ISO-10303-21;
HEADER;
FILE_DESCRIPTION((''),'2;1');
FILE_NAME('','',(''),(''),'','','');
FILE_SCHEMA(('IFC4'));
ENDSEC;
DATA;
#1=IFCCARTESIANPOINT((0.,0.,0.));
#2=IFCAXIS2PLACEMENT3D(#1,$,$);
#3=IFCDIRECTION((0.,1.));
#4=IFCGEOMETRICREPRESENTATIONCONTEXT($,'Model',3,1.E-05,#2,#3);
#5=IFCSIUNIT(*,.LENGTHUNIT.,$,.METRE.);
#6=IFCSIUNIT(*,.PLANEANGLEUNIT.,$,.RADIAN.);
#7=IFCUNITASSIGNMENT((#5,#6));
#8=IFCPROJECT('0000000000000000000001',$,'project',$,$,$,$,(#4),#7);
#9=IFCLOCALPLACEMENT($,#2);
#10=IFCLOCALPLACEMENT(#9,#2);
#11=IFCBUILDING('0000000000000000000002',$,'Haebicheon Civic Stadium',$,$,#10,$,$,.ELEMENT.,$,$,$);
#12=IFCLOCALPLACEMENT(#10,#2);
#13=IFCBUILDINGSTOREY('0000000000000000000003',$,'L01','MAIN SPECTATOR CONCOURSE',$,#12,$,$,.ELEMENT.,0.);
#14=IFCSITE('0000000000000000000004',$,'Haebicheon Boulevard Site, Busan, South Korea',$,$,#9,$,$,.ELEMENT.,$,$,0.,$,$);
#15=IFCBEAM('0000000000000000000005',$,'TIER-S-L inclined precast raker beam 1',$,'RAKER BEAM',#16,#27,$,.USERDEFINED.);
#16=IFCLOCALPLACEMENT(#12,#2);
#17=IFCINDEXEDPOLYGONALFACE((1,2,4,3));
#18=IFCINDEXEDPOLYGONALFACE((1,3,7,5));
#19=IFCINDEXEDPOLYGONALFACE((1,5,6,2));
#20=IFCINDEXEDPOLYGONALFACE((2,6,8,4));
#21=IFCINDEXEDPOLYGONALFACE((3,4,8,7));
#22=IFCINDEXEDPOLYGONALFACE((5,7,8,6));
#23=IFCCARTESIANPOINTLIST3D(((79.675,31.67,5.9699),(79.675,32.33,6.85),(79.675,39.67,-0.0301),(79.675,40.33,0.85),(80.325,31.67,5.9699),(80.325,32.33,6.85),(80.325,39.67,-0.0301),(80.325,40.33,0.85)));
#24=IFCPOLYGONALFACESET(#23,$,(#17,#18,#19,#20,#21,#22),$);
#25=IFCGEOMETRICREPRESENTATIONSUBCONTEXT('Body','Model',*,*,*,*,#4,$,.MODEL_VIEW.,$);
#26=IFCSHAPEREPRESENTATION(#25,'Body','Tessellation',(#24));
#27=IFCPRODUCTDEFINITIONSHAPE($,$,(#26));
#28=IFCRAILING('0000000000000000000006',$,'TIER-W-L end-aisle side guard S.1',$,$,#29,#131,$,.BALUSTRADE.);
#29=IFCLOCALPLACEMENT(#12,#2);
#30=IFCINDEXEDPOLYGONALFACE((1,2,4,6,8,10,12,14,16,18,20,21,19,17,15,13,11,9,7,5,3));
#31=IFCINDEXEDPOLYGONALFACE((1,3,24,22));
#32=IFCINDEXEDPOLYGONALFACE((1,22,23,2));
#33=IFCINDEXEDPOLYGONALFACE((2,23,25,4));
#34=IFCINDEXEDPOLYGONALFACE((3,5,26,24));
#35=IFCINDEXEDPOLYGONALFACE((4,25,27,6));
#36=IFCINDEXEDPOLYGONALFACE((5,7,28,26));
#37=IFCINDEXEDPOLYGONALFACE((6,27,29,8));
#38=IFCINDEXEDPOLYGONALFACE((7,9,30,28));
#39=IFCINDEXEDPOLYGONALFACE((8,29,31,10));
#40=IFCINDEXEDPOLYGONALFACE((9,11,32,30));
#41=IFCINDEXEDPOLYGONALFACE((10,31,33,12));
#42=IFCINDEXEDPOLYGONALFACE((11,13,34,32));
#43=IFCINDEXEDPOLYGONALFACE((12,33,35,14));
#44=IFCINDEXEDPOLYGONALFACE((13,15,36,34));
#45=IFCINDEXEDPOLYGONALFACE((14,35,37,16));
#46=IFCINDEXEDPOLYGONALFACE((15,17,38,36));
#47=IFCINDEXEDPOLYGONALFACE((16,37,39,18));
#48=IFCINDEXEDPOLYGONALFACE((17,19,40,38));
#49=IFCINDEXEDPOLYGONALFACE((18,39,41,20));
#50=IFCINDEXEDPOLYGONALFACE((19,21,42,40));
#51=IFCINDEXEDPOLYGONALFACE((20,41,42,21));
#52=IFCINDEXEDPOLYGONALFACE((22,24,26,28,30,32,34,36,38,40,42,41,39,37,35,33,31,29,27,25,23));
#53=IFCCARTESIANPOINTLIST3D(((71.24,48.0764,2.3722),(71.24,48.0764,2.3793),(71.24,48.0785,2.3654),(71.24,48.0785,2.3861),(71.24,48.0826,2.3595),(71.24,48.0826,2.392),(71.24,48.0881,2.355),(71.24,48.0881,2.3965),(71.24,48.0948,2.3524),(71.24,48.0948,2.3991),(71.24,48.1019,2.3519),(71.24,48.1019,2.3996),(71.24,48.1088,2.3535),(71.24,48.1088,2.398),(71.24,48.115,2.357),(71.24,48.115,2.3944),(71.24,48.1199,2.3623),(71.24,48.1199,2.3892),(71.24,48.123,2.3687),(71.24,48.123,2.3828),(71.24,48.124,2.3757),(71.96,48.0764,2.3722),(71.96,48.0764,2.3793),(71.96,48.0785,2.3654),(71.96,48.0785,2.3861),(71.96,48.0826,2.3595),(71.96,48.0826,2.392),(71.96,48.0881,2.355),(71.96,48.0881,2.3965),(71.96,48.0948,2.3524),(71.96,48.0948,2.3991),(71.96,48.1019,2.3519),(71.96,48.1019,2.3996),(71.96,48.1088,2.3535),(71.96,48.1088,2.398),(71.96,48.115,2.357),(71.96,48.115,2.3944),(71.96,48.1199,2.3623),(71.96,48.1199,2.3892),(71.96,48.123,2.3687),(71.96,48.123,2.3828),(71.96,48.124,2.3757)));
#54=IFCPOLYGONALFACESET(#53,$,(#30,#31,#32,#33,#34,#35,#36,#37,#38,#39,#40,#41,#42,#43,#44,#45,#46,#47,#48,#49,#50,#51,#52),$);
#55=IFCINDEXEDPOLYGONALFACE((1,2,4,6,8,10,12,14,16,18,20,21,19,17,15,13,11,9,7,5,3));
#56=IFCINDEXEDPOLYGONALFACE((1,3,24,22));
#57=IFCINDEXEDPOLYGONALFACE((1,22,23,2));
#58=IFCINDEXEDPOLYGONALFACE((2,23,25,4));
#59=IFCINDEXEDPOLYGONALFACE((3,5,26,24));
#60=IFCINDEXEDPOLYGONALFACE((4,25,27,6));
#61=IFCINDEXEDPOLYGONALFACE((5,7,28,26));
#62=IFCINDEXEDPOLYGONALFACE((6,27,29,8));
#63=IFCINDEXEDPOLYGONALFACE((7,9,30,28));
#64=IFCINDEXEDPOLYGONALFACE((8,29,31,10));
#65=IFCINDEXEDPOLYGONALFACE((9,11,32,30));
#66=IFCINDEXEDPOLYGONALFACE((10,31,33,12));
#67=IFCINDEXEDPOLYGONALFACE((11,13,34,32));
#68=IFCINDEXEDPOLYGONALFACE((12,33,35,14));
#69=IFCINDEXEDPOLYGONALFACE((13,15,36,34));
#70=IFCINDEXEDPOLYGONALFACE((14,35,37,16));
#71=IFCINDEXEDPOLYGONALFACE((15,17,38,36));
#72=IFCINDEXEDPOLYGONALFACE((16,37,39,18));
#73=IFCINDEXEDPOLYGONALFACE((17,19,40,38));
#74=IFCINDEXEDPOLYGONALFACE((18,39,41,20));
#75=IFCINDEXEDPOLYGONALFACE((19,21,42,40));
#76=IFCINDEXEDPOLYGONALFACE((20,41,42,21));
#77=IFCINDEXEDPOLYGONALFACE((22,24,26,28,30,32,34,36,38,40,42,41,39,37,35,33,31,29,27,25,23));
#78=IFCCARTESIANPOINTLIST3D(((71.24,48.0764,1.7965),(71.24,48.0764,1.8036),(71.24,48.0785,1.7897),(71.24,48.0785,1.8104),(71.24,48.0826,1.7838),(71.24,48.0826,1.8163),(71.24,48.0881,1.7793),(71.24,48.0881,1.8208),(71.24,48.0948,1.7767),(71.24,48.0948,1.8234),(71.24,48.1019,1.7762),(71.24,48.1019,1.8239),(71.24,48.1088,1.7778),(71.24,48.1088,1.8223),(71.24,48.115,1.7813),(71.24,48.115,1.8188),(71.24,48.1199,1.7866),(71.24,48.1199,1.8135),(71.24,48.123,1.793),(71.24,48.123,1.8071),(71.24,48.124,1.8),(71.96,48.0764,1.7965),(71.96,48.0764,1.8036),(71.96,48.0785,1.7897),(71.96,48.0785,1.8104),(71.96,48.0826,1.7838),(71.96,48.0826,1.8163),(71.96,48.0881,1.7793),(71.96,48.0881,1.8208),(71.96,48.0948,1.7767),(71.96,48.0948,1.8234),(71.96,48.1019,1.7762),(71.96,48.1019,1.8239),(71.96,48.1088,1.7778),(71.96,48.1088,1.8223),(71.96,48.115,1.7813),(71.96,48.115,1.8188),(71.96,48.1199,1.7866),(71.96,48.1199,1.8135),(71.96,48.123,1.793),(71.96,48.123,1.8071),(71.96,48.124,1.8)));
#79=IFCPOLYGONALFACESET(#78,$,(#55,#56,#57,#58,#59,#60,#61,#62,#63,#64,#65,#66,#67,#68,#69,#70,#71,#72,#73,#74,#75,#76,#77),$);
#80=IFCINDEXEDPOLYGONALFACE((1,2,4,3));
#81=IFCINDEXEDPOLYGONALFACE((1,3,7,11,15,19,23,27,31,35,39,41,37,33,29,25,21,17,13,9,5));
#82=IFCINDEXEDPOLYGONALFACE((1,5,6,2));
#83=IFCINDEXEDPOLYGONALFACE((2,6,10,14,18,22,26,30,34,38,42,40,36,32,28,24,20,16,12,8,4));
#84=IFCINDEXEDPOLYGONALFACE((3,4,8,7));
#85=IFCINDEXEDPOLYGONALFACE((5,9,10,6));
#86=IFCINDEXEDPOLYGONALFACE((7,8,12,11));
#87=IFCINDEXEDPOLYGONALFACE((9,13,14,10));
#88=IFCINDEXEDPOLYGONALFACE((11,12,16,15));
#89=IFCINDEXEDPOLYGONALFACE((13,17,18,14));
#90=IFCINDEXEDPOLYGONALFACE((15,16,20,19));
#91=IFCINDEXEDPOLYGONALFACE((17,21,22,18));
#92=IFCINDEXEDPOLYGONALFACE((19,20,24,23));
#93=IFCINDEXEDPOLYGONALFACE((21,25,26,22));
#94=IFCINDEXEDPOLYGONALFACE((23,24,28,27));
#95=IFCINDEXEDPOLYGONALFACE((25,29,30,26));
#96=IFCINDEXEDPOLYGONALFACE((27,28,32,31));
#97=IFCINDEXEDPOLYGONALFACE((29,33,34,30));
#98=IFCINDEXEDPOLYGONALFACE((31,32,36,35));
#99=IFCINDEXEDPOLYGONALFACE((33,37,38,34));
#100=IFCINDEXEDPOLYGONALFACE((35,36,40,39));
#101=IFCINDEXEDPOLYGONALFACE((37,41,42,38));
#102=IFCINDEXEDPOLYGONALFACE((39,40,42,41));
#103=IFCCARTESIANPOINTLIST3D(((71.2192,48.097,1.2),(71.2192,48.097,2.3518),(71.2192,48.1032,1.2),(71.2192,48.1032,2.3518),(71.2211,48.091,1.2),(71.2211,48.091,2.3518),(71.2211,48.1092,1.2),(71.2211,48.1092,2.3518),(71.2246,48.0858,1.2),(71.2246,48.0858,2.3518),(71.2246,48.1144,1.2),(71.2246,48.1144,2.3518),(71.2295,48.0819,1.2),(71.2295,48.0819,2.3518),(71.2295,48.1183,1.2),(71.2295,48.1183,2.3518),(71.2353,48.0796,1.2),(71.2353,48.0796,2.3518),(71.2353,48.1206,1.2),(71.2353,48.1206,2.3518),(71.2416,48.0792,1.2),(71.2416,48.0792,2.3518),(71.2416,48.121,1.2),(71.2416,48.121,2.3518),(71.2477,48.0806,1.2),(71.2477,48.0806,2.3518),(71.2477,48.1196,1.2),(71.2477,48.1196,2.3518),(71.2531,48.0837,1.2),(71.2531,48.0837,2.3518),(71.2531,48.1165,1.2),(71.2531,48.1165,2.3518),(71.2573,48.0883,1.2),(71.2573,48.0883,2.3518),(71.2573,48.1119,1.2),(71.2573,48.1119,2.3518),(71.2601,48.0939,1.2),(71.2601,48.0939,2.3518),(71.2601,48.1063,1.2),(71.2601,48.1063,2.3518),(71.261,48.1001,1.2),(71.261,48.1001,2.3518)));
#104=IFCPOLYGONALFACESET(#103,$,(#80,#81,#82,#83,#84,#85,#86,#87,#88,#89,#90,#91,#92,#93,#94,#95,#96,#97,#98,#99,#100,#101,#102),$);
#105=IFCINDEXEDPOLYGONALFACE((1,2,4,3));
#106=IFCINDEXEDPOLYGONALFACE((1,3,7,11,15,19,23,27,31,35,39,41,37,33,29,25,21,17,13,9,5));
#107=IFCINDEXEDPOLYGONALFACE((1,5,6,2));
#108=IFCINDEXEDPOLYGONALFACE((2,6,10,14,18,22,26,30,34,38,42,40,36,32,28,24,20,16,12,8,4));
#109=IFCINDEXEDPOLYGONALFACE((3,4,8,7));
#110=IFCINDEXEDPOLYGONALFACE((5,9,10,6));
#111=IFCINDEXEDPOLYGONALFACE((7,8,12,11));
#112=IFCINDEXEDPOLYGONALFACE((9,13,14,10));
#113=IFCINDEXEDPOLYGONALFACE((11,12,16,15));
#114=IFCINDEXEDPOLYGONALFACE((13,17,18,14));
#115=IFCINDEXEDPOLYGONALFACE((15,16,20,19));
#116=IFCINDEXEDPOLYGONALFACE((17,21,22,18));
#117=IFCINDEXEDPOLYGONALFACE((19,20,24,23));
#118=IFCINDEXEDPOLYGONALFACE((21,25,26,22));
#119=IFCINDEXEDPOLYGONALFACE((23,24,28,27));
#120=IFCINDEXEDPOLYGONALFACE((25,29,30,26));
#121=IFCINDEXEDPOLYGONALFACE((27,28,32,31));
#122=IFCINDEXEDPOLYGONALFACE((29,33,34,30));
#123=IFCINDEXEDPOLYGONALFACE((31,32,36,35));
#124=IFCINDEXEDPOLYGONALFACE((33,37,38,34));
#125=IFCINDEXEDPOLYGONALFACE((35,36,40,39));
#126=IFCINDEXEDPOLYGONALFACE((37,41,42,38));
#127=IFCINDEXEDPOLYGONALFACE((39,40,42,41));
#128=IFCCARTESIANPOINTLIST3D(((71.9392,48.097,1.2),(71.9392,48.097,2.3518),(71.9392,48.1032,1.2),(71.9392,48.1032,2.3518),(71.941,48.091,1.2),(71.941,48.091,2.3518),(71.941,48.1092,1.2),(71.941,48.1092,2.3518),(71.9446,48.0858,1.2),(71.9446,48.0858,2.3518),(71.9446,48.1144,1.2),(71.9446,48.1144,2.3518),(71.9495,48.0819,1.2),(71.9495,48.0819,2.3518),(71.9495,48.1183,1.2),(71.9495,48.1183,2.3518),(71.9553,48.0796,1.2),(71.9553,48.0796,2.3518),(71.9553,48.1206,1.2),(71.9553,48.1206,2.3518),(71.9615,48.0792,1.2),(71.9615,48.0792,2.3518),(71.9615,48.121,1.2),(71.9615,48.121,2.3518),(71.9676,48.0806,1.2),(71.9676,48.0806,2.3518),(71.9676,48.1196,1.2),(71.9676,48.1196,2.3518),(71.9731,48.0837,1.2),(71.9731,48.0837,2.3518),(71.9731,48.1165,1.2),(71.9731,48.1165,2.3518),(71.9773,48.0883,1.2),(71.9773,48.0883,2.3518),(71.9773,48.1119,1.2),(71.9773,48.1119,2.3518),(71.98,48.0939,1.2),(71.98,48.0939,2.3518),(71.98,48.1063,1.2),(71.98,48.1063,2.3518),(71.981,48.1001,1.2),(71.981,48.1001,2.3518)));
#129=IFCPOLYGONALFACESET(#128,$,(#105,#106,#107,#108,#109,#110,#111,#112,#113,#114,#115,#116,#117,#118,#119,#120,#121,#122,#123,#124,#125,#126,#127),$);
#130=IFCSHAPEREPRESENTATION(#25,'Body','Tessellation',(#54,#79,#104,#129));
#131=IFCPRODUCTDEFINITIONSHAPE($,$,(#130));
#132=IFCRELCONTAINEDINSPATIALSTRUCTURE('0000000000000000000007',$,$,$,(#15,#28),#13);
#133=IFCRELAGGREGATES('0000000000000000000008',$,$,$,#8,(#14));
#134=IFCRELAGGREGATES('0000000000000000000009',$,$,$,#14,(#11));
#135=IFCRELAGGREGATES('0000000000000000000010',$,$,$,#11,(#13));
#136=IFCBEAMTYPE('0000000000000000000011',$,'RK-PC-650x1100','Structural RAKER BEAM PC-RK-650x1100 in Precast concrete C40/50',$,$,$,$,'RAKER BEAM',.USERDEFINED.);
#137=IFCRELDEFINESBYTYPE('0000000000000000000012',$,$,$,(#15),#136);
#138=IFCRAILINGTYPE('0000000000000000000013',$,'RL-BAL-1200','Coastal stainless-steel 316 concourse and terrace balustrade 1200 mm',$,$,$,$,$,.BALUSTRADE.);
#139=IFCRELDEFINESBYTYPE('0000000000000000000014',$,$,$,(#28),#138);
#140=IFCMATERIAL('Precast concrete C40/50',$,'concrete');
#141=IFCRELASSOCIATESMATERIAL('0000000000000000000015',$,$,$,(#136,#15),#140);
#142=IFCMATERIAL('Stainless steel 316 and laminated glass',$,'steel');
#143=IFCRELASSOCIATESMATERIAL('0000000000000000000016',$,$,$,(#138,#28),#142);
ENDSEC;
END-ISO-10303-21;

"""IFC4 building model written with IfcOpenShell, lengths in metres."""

from ifc_helpers import new_model, si_unit, direction, frame, origin, origin_2d, place, context, subcontext, project, spatial, rectangle, circle, extrude, material, material_profile, profile_set, type_object, element, save


model = new_model("IFC4")

# Units and contexts
model_context = context("Model", 3, precision=1e-05, world=origin(), true_north=direction((0.0, 1.0)))
body_context = subcontext(model_context, "Body", "Model", "MODEL_VIEW")
ifc_project = project(units=[si_unit("LENGTHUNIT", "METRE"), si_unit("PLANEANGLEUNIT", "RADIAN")], contexts=[model_context])

# Site, building, storey
site_placement = place(None, origin())
site = spatial("IfcSite", under=ifc_project, at=site_placement, Name="Haebicheon Boulevard Site, Busan, South Korea", CompositionType="ELEMENT", RefElevation=0.0)
building_placement = place(site_placement, origin())
building = spatial("IfcBuilding", under=site, at=building_placement, Name="Haebicheon Civic Stadium", CompositionType="ELEMENT")
storey_placement = place(building_placement, origin())
storey = spatial("IfcBuildingStorey", under=building, at=storey_placement, Name="L01", Description="MAIN SPECTATOR CONCOURSE", CompositionType="ELEMENT", Elevation=0.0)

# Beam
ifc_material_1 = material(Name="Precast concrete C40/50", Category="concrete")
ifc_material_profile_1 = material_profile(ifc_material_1, rectangle(XDim=0.6499, YDim=1.1001, at=origin_2d()), Name="PC-RK-650x1100")
ifc_profile_set_1 = profile_set([ifc_material_profile_1], Name="Precast concrete C40/50")
beam_type_1 = type_object("IfcBeamType", Name="RK-PC-650x1100", Description="Structural RAKER BEAM PC-RK-650x1100 in Precast concrete C40/50", ElementType="RAKER BEAM", PredefinedType="USERDEFINED", material=ifc_profile_set_1)
beam_1_placement = place(storey_placement, frame((80.0, 40.0, 0.4099), z_axis=(0.0, -0.8, 0.6), x_axis=(1.0, 0.0, 0.0)))
element("IfcBeam", 1, at=beam_1_placement, inside=storey, type_object=beam_type_1, material=ifc_profile_set_1, Name="TIER-S-L inclined precast raker beam 1", ObjectType="RAKER BEAM", PredefinedType="USERDEFINED", context=body_context, shape_type="SweptSolid", body=[
    extrude(rectangle(XDim=0.6499, YDim=1.1001, at=origin_2d()), origin(), (0.0, 0.0, 1.0), 10.0),
])

# Railing
ifc_material_2 = material(Name="Stainless steel 316 and laminated glass", Category="steel")
railing_type = type_object("IfcRailingType", Name="RL-BAL-1200", Description="Coastal stainless-steel 316 concourse and terrace balustrade 1200 mm", PredefinedType="BALUSTRADE", material=ifc_material_2)
for number, where, name in (
    (2, (71.24, 48.1001, 1.2), "TIER-W-L end-aisle side guard S.1"),
):
    element("IfcRailing", number, at=place(storey_placement, frame(where)), inside=storey, type_object=railing_type, material=ifc_material_2, Name=name, PredefinedType="BALUSTRADE", context=body_context, shape_type="SweptSolid", body=[
        extrude(circle(Radius=0.0239, at=origin_2d()), frame((0.0, 0.0, 1.1758), z_axis=(1.0, 0.0, 0.0), x_axis=(0.0, 1.0, 0.0)), (0.0, 0.0, 1.0), 0.72),
        extrude(circle(Radius=0.0239, at=origin_2d()), frame((0.0, 0.0, 0.6001), z_axis=(1.0, 0.0, 0.0), x_axis=(0.0, 1.0, 0.0)), (0.0, 0.0, 1.0), 0.72),
        extrude(circle(Radius=0.021, at=origin_2d()), origin(), (0.0, 0.0, 1.0), 1.1519),
        extrude(circle(Radius=0.021, at=origin_2d()), frame((0.72, 0.0, 0.0)), (0.0, 0.0, 1.0), 1.1519),
    ])

save(model, "model.ifc")
